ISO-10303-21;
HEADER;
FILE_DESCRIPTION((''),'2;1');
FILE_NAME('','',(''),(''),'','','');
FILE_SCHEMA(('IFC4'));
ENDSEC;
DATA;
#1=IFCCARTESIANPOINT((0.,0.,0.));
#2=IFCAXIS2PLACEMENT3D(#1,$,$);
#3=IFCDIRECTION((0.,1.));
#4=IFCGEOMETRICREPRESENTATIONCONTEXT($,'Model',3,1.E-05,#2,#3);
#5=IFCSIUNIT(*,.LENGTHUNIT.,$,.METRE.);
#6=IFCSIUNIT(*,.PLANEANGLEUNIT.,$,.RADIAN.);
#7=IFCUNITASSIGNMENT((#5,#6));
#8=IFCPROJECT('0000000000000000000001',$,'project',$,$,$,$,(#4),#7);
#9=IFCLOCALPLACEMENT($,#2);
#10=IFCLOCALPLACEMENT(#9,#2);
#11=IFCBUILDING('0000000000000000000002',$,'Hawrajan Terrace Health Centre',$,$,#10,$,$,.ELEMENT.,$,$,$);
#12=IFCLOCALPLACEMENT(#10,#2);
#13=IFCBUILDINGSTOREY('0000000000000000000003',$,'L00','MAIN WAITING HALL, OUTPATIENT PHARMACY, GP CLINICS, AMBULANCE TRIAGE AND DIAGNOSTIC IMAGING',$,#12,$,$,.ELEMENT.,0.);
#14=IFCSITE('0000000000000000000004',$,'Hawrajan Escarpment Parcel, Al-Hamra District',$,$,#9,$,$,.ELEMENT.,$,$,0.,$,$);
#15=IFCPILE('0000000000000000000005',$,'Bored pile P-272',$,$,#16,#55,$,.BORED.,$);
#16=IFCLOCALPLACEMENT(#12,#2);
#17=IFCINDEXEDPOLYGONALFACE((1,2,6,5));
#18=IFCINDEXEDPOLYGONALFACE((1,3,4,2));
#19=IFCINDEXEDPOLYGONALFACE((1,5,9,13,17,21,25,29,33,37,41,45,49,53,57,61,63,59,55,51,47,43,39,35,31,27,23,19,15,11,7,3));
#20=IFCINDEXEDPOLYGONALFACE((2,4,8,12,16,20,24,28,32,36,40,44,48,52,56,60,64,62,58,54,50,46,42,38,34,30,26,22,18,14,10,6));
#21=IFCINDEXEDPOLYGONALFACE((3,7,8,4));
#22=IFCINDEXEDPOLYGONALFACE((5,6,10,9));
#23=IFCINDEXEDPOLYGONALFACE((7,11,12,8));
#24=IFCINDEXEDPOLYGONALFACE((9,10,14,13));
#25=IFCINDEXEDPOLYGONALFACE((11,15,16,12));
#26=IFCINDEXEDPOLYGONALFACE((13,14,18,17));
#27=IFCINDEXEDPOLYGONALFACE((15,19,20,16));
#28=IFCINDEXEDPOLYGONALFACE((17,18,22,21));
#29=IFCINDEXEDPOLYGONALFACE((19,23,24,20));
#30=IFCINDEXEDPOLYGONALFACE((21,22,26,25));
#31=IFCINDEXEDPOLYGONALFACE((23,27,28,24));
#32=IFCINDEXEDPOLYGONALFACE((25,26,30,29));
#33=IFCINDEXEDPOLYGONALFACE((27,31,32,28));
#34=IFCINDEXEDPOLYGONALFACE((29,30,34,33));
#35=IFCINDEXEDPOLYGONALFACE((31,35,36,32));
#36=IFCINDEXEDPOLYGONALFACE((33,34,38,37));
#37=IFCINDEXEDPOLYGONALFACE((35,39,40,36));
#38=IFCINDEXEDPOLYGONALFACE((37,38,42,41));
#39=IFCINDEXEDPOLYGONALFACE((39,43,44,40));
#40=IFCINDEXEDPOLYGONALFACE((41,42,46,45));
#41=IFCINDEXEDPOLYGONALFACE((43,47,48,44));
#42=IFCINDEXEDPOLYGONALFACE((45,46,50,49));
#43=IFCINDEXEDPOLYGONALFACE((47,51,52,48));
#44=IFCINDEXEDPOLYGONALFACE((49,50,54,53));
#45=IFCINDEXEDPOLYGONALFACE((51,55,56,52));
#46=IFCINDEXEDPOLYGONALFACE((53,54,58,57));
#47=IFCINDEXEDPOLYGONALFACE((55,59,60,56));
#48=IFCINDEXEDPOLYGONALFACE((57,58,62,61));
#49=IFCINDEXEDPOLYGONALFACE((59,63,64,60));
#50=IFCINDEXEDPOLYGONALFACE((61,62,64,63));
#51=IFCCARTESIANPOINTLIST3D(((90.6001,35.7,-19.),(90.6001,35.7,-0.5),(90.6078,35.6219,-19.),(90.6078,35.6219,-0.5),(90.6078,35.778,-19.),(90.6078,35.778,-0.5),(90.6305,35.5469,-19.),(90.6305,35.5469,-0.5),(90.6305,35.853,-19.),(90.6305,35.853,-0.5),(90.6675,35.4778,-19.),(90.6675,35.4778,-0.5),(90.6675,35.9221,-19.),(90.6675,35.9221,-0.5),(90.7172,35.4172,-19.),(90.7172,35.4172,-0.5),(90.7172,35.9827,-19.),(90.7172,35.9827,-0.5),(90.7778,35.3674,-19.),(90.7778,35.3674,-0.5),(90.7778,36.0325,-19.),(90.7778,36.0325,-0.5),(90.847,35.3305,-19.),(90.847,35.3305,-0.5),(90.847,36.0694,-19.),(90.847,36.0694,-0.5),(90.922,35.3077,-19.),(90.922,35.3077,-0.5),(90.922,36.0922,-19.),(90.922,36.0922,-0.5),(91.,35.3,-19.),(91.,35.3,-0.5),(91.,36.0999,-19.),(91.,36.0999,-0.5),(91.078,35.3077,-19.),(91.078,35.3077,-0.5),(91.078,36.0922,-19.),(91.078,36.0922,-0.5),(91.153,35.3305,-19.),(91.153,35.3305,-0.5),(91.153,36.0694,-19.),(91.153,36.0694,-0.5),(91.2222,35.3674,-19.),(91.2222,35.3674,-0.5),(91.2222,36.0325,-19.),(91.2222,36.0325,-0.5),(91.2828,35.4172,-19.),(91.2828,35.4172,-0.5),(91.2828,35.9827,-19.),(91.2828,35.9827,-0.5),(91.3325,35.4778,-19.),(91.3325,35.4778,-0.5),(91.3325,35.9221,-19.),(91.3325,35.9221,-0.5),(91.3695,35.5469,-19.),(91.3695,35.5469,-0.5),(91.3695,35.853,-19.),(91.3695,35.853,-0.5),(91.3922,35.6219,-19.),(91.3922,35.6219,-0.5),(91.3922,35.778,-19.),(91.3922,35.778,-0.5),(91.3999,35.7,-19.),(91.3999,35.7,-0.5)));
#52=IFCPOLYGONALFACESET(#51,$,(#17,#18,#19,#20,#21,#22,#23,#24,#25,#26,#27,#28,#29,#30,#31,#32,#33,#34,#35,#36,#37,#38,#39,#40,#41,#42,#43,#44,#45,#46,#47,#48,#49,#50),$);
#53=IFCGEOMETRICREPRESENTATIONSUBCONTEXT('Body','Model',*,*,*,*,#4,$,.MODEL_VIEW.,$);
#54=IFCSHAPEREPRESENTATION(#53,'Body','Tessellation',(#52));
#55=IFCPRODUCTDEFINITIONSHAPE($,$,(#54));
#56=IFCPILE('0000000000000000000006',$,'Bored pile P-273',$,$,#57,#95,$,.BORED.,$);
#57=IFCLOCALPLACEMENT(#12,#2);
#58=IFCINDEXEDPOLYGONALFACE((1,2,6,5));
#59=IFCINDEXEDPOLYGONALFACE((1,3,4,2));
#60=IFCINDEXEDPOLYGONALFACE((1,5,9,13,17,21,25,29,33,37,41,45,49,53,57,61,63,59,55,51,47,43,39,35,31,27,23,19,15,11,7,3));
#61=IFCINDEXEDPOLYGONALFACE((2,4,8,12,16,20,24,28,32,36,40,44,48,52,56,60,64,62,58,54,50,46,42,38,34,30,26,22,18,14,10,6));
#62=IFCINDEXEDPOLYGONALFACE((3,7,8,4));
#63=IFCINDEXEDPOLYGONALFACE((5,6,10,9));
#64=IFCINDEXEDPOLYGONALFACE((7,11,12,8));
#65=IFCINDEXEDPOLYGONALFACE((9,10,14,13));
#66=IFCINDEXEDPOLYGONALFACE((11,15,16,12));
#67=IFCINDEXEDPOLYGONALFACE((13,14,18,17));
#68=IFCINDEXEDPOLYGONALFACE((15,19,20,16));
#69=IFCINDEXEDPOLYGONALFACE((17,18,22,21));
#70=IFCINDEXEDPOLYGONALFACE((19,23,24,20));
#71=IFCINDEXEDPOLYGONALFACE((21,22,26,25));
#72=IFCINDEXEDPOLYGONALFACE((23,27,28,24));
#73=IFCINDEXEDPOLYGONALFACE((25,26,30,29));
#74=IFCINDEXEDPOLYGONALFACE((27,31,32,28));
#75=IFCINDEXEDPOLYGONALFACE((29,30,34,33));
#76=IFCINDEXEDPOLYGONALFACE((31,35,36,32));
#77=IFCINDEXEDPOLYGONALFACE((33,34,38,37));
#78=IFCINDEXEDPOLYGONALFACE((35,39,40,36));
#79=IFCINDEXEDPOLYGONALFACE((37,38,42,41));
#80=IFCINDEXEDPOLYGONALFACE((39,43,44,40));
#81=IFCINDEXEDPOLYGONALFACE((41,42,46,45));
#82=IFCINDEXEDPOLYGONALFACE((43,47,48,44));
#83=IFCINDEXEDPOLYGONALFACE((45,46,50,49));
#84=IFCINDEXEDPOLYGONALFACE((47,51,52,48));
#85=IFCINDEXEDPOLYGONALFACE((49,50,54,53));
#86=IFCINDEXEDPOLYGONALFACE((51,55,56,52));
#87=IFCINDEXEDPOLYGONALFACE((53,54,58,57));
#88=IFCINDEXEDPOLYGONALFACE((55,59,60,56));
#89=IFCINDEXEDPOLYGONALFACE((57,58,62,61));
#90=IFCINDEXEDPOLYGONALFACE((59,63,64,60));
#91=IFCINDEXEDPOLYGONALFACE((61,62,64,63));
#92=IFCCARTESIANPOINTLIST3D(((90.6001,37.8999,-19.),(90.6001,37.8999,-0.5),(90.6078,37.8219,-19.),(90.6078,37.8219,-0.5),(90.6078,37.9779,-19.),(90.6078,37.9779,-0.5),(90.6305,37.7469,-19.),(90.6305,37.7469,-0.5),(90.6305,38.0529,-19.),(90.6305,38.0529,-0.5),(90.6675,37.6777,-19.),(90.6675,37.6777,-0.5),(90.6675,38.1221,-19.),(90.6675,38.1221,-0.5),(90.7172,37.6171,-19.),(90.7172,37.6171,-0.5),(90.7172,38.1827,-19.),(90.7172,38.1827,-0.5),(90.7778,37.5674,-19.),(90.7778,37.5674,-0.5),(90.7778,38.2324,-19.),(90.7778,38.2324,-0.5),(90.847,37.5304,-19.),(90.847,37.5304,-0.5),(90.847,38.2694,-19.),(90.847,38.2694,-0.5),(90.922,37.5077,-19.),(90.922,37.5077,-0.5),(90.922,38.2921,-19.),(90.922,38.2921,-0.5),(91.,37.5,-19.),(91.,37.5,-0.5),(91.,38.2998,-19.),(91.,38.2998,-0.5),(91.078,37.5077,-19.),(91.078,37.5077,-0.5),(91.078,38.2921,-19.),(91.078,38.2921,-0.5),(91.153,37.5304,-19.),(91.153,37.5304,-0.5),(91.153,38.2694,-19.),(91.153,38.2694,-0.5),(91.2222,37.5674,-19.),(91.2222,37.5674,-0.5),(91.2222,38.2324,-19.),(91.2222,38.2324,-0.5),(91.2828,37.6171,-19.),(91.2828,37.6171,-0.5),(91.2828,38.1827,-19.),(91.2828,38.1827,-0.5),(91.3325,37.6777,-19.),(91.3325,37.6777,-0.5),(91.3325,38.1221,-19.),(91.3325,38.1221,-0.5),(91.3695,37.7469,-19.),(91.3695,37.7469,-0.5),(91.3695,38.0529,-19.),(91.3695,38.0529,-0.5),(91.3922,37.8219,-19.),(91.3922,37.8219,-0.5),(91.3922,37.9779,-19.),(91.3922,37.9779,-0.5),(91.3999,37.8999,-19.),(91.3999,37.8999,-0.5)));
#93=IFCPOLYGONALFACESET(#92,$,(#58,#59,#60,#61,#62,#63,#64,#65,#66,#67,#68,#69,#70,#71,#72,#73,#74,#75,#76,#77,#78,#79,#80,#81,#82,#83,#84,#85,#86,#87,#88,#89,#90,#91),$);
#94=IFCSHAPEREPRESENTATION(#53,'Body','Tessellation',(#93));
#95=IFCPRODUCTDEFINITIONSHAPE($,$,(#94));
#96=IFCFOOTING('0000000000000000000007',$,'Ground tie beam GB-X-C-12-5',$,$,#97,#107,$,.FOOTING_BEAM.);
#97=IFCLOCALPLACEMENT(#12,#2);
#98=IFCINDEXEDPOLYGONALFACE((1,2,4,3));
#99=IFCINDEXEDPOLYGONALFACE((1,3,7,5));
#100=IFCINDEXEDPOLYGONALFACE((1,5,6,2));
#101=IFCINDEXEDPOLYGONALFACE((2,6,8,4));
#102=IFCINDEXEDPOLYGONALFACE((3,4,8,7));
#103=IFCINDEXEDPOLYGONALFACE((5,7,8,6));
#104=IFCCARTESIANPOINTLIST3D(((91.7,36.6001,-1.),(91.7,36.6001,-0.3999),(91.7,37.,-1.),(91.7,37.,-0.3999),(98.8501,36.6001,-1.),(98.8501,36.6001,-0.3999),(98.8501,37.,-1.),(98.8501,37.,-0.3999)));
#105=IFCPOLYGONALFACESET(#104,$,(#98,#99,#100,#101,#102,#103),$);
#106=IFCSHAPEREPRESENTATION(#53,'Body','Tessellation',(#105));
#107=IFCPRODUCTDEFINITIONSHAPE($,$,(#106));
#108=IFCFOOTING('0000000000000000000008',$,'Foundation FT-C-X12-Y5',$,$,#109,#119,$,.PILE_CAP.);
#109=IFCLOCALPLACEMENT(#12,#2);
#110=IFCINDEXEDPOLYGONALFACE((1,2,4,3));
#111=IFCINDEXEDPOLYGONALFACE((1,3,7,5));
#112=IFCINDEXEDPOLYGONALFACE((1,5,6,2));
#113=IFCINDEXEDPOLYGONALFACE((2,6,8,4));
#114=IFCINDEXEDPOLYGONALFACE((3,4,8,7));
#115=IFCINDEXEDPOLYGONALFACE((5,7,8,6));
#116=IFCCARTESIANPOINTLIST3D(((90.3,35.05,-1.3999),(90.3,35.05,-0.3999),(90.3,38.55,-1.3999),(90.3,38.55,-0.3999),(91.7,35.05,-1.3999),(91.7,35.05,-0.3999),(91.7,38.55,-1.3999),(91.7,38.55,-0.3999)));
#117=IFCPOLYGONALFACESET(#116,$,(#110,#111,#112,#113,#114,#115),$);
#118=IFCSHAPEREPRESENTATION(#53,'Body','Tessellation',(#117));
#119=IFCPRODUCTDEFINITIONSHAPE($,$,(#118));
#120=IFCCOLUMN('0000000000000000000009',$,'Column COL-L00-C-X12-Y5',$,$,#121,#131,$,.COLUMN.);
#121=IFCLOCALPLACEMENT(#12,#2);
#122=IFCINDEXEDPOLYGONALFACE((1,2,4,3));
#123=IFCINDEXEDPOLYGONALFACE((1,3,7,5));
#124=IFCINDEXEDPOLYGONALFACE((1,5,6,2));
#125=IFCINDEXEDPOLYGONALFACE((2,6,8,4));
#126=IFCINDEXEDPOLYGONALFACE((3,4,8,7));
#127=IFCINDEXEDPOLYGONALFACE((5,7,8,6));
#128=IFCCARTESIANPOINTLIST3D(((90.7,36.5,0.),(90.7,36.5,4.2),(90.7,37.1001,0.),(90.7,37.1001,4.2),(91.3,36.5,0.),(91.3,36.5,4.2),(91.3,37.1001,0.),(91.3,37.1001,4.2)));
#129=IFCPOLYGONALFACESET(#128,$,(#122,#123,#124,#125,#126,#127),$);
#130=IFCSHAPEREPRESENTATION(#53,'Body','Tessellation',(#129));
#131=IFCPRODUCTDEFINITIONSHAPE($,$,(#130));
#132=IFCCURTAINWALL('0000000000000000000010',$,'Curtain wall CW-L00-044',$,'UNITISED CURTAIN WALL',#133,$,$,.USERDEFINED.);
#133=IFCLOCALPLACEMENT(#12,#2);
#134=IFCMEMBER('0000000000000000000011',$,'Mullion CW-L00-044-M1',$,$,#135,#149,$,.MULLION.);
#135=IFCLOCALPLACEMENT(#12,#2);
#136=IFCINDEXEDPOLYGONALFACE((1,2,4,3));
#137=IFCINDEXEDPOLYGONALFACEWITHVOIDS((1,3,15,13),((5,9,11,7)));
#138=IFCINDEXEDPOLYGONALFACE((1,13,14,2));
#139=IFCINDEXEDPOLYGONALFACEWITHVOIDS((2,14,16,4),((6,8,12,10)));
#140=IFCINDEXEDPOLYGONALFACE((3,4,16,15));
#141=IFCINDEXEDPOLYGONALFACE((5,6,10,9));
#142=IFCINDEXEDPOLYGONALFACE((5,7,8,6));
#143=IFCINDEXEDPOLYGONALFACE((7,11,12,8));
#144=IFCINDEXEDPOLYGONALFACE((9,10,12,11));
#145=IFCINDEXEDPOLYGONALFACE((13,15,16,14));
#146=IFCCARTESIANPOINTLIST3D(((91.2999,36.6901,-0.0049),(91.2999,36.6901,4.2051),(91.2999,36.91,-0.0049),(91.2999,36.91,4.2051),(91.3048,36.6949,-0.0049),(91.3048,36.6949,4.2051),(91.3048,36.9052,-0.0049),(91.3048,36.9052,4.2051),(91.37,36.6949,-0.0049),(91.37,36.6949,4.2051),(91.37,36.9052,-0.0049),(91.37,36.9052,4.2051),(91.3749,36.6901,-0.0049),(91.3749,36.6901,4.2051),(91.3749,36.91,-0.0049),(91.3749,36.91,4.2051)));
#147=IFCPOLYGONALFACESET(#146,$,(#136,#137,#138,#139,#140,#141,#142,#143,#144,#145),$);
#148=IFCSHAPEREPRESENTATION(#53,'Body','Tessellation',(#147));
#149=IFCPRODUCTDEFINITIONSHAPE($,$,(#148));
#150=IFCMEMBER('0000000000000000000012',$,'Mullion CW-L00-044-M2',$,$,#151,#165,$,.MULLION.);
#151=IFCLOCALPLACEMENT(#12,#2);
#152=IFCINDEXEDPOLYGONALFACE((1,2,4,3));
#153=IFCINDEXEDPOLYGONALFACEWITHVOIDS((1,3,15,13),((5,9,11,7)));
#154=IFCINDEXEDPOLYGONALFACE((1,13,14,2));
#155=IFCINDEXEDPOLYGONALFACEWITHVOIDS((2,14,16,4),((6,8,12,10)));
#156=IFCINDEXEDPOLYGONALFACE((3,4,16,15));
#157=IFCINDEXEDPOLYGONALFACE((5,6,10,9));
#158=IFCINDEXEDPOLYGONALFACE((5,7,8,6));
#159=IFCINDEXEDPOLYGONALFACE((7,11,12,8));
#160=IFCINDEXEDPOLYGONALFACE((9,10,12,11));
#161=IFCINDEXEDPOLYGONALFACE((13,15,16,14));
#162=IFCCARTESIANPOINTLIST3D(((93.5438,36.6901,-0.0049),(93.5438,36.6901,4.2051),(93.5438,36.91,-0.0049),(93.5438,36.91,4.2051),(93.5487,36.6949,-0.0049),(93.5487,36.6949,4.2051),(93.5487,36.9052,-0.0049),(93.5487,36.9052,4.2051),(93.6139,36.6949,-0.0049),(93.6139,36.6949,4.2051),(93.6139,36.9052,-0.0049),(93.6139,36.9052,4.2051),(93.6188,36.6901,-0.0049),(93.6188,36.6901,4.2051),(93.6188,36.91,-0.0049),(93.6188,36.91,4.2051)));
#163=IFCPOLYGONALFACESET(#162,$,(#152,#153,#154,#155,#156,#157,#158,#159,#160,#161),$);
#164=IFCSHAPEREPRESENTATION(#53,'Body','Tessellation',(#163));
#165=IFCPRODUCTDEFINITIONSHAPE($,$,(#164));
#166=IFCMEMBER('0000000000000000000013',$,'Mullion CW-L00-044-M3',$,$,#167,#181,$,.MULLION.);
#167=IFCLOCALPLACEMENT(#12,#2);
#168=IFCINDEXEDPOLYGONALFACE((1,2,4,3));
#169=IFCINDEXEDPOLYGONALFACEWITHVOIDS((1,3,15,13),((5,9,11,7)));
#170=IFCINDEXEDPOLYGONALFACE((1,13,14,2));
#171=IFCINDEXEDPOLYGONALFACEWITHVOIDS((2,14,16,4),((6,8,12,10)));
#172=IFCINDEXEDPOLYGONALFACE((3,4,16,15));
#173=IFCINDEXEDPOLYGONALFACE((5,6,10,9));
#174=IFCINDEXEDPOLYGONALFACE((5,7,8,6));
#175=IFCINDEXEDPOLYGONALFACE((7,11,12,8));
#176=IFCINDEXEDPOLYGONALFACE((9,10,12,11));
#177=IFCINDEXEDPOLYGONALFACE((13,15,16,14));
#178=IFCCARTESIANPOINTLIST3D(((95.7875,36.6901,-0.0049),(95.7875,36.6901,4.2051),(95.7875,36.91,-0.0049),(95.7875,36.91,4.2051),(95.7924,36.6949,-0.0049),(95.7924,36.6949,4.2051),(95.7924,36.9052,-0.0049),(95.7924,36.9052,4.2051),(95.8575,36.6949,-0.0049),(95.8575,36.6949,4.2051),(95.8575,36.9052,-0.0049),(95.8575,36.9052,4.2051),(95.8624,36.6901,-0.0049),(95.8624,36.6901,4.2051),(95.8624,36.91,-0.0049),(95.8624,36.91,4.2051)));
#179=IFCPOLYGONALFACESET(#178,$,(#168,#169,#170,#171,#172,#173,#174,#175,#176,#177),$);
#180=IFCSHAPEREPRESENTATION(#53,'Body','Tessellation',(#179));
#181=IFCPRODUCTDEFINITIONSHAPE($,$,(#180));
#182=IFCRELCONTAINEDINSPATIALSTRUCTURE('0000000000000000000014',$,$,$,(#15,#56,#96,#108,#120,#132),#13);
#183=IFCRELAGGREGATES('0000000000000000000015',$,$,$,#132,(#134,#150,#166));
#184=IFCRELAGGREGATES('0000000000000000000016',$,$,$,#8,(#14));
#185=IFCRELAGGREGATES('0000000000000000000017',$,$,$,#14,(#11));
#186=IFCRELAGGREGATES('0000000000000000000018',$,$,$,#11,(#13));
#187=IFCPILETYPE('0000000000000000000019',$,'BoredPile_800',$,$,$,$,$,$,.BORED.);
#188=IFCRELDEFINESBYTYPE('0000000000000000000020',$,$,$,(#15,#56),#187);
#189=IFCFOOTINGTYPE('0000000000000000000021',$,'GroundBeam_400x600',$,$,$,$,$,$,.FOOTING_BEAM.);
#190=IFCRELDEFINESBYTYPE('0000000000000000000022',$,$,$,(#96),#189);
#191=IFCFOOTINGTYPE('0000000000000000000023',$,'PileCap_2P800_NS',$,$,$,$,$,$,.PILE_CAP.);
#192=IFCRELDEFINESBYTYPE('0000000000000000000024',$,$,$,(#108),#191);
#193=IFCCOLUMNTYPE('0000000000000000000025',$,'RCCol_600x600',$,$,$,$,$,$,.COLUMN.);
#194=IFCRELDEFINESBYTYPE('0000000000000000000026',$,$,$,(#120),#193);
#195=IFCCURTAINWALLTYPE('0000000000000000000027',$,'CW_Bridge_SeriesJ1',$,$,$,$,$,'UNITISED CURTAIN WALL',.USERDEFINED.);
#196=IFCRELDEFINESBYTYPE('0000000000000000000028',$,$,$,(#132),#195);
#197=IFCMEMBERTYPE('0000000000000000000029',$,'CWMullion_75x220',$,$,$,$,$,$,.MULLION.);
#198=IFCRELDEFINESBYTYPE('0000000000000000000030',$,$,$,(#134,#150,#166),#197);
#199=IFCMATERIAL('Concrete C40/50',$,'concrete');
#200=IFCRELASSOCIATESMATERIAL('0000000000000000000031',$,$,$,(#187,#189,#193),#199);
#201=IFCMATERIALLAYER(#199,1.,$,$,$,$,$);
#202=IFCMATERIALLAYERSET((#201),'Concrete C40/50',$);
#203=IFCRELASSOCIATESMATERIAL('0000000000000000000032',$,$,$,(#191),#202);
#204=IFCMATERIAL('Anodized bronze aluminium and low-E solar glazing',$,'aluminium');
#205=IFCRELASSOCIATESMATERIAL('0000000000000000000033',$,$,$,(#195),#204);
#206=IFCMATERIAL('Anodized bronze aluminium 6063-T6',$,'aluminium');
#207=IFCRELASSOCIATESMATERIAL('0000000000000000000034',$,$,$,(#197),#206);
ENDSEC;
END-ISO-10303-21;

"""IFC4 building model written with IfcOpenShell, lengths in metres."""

from ifc_helpers import new_model, si_unit, direction, frame, origin, origin_2d, place, context, subcontext, project, spatial, rectangle, hollow_rectangle, circle, extrude, material, layer, layer_set, material_profile, profile_set, type_object, element, aggregate, save


model = new_model("IFC4")

# Units and contexts
model_context = context("Model", 3, precision=1e-05, world=origin(), true_north=direction((0.0, 1.0)))
body_context = subcontext(model_context, "Body", "Model", "MODEL_VIEW")
ifc_project = project(units=[si_unit("LENGTHUNIT", "METRE"), si_unit("PLANEANGLEUNIT", "RADIAN")], contexts=[model_context])

# Site, building, storey
site_placement = place(None, origin())
site = spatial("IfcSite", under=ifc_project, at=site_placement, Name="Hawrajan Escarpment Parcel, Al-Hamra District", CompositionType="ELEMENT", RefElevation=0.0)
building_placement = place(site_placement, origin())
building = spatial("IfcBuilding", under=site, at=building_placement, Name="Hawrajan Terrace Health Centre", CompositionType="ELEMENT")
storey_placement = place(building_placement, origin())
storey = spatial("IfcBuildingStorey", under=building, at=storey_placement, Name="L00", Description="MAIN WAITING HALL, OUTPATIENT PHARMACY, GP CLINICS, AMBULANCE TRIAGE AND DIAGNOSTIC IMAGING", CompositionType="ELEMENT", Elevation=0.0)

# Piles
ifc_material_1 = material(Name="Concrete C40/50", Category="concrete")
ifc_material_profile_1 = material_profile(ifc_material_1, circle(Radius=0.3999, at=origin_2d()), Name="BP 800")
ifc_profile_set_1 = profile_set([ifc_material_profile_1], Name="Concrete C40/50")
pile_type = type_object("IfcPileType", Name="BoredPile_800", PredefinedType="BORED", material=ifc_profile_set_1)
for number, where, z_axis, x_axis, name in (
    (1, (91.0, 35.7, -0.5), (0.0, 0.0, -1.0), (1.0, 0.0, 0.0), "Bored pile P-272"),
    (2, (91.0, 37.8999, -0.5), (0.0, 0.0, -1.0), (1.0, 0.0, 0.0), "Bored pile P-273"),
):
    element("IfcPile", number, at=place(storey_placement, frame(where, z_axis=z_axis, x_axis=x_axis)), inside=storey, type_object=pile_type, Name=name, PredefinedType="BORED", context=body_context, shape_type="SweptSolid", body=[
        extrude(circle(Radius=0.3999, at=origin_2d()), origin(), (0.0, 0.0, 1.0), 18.5),
    ])

# Footings
ifc_material_profile_2 = material_profile(ifc_material_1, rectangle(XDim=0.3999, YDim=0.6001, at=origin_2d()), Name="RC BM 400x600")
ifc_profile_set_2 = profile_set([ifc_material_profile_2], Name="Concrete C40/50")
footing_type_1 = type_object("IfcFootingType", Name="GroundBeam_400x600", PredefinedType="FOOTING_BEAM", material=ifc_profile_set_2)
footing_1_placement = place(storey_placement, frame((91.7, 36.8, -0.7), z_axis=(1.0, 0.0, 0.0), x_axis=(0.0, 1.0, 0.0)))
element("IfcFooting", 3, at=footing_1_placement, inside=storey, type_object=footing_type_1, Name="Ground tie beam GB-X-C-12-5", PredefinedType="FOOTING_BEAM", context=body_context, shape_type="SweptSolid", body=[
    extrude(rectangle(XDim=0.3999, YDim=0.6001, at=origin_2d()), origin(), (0.0, 0.0, 1.0), 7.1501),
])
ifc_layer_1 = layer(ifc_material_1, 1.0)
ifc_layer_set_1 = layer_set([ifc_layer_1], Name="Concrete C40/50")
footing_type_2 = type_object("IfcFootingType", Name="PileCap_2P800_NS", PredefinedType="PILE_CAP", material=ifc_layer_set_1)
footing_2_placement = place(storey_placement, frame((91.0, 36.8, -1.3999), z_axis=(0.0, 0.0, 1.0), x_axis=(1.0, 0.0, 0.0)))
element("IfcFooting", 4, at=footing_2_placement, inside=storey, type_object=footing_type_2, Name="Foundation FT-C-X12-Y5", PredefinedType="PILE_CAP", context=body_context, shape_type="SweptSolid", body=[
    extrude(rectangle(XDim=1.3999, YDim=3.5, at=origin_2d()), origin(), (0.0, 0.0, 1.0), 1.0),
])

# Column
ifc_material_profile_3 = material_profile(ifc_material_1, rectangle(XDim=0.6001, YDim=0.6001, at=origin_2d()), Name="RC 600x600")
ifc_profile_set_3 = profile_set([ifc_material_profile_3], Name="Concrete C40/50")
column_type = type_object("IfcColumnType", Name="RCCol_600x600", PredefinedType="COLUMN", material=ifc_profile_set_3)
column_placement = place(storey_placement, frame((91.0, 36.8, 0.0), z_axis=(0.0, 0.0, 1.0), x_axis=(1.0, 0.0, 0.0)))
element("IfcColumn", 5, at=column_placement, inside=storey, type_object=column_type, Name="Column COL-L00-C-X12-Y5", PredefinedType="COLUMN", context=body_context, shape_type="SweptSolid", body=[
    extrude(rectangle(XDim=0.6001, YDim=0.6001, at=origin_2d()), origin(), (0.0, 0.0, 1.0), 4.2),
])

# Curtain wall, members
ifc_material_2 = material(Name="Anodized bronze aluminium and low-E solar glazing", Category="aluminium")
curtain_wall_type = type_object("IfcCurtainWallType", Name="CW_Bridge_SeriesJ1", ElementType="UNITISED CURTAIN WALL", PredefinedType="USERDEFINED", material=ifc_material_2)
curtain_wall_placement = place(storey_placement, origin())
curtain_wall = element("IfcCurtainWall", 6, at=curtain_wall_placement, inside=storey, type_object=curtain_wall_type, Name="Curtain wall CW-L00-044", ObjectType="UNITISED CURTAIN WALL", PredefinedType="USERDEFINED")
ifc_material_3 = material(Name="Anodized bronze aluminium 6063-T6", Category="aluminium")
ifc_material_profile_4 = material_profile(ifc_material_3, hollow_rectangle(XDim=0.075, YDim=0.22, WallThickness=0.0049, at=origin_2d()), Name="CW MUL 75x220")
ifc_profile_set_4 = profile_set([ifc_material_profile_4], Name="Anodized bronze aluminium 6063-T6")
member_type_1 = type_object("IfcMemberType", Name="CWMullion_75x220", PredefinedType="MULLION", material=ifc_profile_set_4)
member_1_placement = place(storey_placement, frame((91.3374, 36.8, -0.0049), z_axis=(0.0, 0.0, 1.0), x_axis=(1.0, 0.0, 0.0)))
member_1 = element("IfcMember", 7, at=member_1_placement, type_object=member_type_1, Name="Mullion CW-L00-044-M1", PredefinedType="MULLION", context=body_context, shape_type="SweptSolid", body=[
    extrude(hollow_rectangle(XDim=0.075, YDim=0.22, WallThickness=0.0049, at=origin_2d()), origin(), (0.0, 0.0, 1.0), 4.21),
])
member_2_placement = place(storey_placement, frame((93.5813, 36.8, -0.0049), z_axis=(0.0, 0.0, 1.0), x_axis=(1.0, 0.0, 0.0)))
member_2 = element("IfcMember", 8, at=member_2_placement, type_object=member_type_1, Name="Mullion CW-L00-044-M2", PredefinedType="MULLION", context=body_context, shape_type="SweptSolid", body=[
    extrude(hollow_rectangle(XDim=0.075, YDim=0.22, WallThickness=0.0049, at=origin_2d()), origin(), (0.0, 0.0, 1.0), 4.21),
])
member_3_placement = place(storey_placement, frame((95.825, 36.8, -0.0049), z_axis=(0.0, 0.0, 1.0), x_axis=(1.0, 0.0, 0.0)))
member_3 = element("IfcMember", 9, at=member_3_placement, type_object=member_type_1, Name="Mullion CW-L00-044-M3", PredefinedType="MULLION", context=body_context, shape_type="SweptSolid", body=[
    extrude(hollow_rectangle(XDim=0.075, YDim=0.22, WallThickness=0.0049, at=origin_2d()), origin(), (0.0, 0.0, 1.0), 4.21),
])
aggregate(curtain_wall, [member_1, member_2, member_3])

save(model, "model.ifc")
